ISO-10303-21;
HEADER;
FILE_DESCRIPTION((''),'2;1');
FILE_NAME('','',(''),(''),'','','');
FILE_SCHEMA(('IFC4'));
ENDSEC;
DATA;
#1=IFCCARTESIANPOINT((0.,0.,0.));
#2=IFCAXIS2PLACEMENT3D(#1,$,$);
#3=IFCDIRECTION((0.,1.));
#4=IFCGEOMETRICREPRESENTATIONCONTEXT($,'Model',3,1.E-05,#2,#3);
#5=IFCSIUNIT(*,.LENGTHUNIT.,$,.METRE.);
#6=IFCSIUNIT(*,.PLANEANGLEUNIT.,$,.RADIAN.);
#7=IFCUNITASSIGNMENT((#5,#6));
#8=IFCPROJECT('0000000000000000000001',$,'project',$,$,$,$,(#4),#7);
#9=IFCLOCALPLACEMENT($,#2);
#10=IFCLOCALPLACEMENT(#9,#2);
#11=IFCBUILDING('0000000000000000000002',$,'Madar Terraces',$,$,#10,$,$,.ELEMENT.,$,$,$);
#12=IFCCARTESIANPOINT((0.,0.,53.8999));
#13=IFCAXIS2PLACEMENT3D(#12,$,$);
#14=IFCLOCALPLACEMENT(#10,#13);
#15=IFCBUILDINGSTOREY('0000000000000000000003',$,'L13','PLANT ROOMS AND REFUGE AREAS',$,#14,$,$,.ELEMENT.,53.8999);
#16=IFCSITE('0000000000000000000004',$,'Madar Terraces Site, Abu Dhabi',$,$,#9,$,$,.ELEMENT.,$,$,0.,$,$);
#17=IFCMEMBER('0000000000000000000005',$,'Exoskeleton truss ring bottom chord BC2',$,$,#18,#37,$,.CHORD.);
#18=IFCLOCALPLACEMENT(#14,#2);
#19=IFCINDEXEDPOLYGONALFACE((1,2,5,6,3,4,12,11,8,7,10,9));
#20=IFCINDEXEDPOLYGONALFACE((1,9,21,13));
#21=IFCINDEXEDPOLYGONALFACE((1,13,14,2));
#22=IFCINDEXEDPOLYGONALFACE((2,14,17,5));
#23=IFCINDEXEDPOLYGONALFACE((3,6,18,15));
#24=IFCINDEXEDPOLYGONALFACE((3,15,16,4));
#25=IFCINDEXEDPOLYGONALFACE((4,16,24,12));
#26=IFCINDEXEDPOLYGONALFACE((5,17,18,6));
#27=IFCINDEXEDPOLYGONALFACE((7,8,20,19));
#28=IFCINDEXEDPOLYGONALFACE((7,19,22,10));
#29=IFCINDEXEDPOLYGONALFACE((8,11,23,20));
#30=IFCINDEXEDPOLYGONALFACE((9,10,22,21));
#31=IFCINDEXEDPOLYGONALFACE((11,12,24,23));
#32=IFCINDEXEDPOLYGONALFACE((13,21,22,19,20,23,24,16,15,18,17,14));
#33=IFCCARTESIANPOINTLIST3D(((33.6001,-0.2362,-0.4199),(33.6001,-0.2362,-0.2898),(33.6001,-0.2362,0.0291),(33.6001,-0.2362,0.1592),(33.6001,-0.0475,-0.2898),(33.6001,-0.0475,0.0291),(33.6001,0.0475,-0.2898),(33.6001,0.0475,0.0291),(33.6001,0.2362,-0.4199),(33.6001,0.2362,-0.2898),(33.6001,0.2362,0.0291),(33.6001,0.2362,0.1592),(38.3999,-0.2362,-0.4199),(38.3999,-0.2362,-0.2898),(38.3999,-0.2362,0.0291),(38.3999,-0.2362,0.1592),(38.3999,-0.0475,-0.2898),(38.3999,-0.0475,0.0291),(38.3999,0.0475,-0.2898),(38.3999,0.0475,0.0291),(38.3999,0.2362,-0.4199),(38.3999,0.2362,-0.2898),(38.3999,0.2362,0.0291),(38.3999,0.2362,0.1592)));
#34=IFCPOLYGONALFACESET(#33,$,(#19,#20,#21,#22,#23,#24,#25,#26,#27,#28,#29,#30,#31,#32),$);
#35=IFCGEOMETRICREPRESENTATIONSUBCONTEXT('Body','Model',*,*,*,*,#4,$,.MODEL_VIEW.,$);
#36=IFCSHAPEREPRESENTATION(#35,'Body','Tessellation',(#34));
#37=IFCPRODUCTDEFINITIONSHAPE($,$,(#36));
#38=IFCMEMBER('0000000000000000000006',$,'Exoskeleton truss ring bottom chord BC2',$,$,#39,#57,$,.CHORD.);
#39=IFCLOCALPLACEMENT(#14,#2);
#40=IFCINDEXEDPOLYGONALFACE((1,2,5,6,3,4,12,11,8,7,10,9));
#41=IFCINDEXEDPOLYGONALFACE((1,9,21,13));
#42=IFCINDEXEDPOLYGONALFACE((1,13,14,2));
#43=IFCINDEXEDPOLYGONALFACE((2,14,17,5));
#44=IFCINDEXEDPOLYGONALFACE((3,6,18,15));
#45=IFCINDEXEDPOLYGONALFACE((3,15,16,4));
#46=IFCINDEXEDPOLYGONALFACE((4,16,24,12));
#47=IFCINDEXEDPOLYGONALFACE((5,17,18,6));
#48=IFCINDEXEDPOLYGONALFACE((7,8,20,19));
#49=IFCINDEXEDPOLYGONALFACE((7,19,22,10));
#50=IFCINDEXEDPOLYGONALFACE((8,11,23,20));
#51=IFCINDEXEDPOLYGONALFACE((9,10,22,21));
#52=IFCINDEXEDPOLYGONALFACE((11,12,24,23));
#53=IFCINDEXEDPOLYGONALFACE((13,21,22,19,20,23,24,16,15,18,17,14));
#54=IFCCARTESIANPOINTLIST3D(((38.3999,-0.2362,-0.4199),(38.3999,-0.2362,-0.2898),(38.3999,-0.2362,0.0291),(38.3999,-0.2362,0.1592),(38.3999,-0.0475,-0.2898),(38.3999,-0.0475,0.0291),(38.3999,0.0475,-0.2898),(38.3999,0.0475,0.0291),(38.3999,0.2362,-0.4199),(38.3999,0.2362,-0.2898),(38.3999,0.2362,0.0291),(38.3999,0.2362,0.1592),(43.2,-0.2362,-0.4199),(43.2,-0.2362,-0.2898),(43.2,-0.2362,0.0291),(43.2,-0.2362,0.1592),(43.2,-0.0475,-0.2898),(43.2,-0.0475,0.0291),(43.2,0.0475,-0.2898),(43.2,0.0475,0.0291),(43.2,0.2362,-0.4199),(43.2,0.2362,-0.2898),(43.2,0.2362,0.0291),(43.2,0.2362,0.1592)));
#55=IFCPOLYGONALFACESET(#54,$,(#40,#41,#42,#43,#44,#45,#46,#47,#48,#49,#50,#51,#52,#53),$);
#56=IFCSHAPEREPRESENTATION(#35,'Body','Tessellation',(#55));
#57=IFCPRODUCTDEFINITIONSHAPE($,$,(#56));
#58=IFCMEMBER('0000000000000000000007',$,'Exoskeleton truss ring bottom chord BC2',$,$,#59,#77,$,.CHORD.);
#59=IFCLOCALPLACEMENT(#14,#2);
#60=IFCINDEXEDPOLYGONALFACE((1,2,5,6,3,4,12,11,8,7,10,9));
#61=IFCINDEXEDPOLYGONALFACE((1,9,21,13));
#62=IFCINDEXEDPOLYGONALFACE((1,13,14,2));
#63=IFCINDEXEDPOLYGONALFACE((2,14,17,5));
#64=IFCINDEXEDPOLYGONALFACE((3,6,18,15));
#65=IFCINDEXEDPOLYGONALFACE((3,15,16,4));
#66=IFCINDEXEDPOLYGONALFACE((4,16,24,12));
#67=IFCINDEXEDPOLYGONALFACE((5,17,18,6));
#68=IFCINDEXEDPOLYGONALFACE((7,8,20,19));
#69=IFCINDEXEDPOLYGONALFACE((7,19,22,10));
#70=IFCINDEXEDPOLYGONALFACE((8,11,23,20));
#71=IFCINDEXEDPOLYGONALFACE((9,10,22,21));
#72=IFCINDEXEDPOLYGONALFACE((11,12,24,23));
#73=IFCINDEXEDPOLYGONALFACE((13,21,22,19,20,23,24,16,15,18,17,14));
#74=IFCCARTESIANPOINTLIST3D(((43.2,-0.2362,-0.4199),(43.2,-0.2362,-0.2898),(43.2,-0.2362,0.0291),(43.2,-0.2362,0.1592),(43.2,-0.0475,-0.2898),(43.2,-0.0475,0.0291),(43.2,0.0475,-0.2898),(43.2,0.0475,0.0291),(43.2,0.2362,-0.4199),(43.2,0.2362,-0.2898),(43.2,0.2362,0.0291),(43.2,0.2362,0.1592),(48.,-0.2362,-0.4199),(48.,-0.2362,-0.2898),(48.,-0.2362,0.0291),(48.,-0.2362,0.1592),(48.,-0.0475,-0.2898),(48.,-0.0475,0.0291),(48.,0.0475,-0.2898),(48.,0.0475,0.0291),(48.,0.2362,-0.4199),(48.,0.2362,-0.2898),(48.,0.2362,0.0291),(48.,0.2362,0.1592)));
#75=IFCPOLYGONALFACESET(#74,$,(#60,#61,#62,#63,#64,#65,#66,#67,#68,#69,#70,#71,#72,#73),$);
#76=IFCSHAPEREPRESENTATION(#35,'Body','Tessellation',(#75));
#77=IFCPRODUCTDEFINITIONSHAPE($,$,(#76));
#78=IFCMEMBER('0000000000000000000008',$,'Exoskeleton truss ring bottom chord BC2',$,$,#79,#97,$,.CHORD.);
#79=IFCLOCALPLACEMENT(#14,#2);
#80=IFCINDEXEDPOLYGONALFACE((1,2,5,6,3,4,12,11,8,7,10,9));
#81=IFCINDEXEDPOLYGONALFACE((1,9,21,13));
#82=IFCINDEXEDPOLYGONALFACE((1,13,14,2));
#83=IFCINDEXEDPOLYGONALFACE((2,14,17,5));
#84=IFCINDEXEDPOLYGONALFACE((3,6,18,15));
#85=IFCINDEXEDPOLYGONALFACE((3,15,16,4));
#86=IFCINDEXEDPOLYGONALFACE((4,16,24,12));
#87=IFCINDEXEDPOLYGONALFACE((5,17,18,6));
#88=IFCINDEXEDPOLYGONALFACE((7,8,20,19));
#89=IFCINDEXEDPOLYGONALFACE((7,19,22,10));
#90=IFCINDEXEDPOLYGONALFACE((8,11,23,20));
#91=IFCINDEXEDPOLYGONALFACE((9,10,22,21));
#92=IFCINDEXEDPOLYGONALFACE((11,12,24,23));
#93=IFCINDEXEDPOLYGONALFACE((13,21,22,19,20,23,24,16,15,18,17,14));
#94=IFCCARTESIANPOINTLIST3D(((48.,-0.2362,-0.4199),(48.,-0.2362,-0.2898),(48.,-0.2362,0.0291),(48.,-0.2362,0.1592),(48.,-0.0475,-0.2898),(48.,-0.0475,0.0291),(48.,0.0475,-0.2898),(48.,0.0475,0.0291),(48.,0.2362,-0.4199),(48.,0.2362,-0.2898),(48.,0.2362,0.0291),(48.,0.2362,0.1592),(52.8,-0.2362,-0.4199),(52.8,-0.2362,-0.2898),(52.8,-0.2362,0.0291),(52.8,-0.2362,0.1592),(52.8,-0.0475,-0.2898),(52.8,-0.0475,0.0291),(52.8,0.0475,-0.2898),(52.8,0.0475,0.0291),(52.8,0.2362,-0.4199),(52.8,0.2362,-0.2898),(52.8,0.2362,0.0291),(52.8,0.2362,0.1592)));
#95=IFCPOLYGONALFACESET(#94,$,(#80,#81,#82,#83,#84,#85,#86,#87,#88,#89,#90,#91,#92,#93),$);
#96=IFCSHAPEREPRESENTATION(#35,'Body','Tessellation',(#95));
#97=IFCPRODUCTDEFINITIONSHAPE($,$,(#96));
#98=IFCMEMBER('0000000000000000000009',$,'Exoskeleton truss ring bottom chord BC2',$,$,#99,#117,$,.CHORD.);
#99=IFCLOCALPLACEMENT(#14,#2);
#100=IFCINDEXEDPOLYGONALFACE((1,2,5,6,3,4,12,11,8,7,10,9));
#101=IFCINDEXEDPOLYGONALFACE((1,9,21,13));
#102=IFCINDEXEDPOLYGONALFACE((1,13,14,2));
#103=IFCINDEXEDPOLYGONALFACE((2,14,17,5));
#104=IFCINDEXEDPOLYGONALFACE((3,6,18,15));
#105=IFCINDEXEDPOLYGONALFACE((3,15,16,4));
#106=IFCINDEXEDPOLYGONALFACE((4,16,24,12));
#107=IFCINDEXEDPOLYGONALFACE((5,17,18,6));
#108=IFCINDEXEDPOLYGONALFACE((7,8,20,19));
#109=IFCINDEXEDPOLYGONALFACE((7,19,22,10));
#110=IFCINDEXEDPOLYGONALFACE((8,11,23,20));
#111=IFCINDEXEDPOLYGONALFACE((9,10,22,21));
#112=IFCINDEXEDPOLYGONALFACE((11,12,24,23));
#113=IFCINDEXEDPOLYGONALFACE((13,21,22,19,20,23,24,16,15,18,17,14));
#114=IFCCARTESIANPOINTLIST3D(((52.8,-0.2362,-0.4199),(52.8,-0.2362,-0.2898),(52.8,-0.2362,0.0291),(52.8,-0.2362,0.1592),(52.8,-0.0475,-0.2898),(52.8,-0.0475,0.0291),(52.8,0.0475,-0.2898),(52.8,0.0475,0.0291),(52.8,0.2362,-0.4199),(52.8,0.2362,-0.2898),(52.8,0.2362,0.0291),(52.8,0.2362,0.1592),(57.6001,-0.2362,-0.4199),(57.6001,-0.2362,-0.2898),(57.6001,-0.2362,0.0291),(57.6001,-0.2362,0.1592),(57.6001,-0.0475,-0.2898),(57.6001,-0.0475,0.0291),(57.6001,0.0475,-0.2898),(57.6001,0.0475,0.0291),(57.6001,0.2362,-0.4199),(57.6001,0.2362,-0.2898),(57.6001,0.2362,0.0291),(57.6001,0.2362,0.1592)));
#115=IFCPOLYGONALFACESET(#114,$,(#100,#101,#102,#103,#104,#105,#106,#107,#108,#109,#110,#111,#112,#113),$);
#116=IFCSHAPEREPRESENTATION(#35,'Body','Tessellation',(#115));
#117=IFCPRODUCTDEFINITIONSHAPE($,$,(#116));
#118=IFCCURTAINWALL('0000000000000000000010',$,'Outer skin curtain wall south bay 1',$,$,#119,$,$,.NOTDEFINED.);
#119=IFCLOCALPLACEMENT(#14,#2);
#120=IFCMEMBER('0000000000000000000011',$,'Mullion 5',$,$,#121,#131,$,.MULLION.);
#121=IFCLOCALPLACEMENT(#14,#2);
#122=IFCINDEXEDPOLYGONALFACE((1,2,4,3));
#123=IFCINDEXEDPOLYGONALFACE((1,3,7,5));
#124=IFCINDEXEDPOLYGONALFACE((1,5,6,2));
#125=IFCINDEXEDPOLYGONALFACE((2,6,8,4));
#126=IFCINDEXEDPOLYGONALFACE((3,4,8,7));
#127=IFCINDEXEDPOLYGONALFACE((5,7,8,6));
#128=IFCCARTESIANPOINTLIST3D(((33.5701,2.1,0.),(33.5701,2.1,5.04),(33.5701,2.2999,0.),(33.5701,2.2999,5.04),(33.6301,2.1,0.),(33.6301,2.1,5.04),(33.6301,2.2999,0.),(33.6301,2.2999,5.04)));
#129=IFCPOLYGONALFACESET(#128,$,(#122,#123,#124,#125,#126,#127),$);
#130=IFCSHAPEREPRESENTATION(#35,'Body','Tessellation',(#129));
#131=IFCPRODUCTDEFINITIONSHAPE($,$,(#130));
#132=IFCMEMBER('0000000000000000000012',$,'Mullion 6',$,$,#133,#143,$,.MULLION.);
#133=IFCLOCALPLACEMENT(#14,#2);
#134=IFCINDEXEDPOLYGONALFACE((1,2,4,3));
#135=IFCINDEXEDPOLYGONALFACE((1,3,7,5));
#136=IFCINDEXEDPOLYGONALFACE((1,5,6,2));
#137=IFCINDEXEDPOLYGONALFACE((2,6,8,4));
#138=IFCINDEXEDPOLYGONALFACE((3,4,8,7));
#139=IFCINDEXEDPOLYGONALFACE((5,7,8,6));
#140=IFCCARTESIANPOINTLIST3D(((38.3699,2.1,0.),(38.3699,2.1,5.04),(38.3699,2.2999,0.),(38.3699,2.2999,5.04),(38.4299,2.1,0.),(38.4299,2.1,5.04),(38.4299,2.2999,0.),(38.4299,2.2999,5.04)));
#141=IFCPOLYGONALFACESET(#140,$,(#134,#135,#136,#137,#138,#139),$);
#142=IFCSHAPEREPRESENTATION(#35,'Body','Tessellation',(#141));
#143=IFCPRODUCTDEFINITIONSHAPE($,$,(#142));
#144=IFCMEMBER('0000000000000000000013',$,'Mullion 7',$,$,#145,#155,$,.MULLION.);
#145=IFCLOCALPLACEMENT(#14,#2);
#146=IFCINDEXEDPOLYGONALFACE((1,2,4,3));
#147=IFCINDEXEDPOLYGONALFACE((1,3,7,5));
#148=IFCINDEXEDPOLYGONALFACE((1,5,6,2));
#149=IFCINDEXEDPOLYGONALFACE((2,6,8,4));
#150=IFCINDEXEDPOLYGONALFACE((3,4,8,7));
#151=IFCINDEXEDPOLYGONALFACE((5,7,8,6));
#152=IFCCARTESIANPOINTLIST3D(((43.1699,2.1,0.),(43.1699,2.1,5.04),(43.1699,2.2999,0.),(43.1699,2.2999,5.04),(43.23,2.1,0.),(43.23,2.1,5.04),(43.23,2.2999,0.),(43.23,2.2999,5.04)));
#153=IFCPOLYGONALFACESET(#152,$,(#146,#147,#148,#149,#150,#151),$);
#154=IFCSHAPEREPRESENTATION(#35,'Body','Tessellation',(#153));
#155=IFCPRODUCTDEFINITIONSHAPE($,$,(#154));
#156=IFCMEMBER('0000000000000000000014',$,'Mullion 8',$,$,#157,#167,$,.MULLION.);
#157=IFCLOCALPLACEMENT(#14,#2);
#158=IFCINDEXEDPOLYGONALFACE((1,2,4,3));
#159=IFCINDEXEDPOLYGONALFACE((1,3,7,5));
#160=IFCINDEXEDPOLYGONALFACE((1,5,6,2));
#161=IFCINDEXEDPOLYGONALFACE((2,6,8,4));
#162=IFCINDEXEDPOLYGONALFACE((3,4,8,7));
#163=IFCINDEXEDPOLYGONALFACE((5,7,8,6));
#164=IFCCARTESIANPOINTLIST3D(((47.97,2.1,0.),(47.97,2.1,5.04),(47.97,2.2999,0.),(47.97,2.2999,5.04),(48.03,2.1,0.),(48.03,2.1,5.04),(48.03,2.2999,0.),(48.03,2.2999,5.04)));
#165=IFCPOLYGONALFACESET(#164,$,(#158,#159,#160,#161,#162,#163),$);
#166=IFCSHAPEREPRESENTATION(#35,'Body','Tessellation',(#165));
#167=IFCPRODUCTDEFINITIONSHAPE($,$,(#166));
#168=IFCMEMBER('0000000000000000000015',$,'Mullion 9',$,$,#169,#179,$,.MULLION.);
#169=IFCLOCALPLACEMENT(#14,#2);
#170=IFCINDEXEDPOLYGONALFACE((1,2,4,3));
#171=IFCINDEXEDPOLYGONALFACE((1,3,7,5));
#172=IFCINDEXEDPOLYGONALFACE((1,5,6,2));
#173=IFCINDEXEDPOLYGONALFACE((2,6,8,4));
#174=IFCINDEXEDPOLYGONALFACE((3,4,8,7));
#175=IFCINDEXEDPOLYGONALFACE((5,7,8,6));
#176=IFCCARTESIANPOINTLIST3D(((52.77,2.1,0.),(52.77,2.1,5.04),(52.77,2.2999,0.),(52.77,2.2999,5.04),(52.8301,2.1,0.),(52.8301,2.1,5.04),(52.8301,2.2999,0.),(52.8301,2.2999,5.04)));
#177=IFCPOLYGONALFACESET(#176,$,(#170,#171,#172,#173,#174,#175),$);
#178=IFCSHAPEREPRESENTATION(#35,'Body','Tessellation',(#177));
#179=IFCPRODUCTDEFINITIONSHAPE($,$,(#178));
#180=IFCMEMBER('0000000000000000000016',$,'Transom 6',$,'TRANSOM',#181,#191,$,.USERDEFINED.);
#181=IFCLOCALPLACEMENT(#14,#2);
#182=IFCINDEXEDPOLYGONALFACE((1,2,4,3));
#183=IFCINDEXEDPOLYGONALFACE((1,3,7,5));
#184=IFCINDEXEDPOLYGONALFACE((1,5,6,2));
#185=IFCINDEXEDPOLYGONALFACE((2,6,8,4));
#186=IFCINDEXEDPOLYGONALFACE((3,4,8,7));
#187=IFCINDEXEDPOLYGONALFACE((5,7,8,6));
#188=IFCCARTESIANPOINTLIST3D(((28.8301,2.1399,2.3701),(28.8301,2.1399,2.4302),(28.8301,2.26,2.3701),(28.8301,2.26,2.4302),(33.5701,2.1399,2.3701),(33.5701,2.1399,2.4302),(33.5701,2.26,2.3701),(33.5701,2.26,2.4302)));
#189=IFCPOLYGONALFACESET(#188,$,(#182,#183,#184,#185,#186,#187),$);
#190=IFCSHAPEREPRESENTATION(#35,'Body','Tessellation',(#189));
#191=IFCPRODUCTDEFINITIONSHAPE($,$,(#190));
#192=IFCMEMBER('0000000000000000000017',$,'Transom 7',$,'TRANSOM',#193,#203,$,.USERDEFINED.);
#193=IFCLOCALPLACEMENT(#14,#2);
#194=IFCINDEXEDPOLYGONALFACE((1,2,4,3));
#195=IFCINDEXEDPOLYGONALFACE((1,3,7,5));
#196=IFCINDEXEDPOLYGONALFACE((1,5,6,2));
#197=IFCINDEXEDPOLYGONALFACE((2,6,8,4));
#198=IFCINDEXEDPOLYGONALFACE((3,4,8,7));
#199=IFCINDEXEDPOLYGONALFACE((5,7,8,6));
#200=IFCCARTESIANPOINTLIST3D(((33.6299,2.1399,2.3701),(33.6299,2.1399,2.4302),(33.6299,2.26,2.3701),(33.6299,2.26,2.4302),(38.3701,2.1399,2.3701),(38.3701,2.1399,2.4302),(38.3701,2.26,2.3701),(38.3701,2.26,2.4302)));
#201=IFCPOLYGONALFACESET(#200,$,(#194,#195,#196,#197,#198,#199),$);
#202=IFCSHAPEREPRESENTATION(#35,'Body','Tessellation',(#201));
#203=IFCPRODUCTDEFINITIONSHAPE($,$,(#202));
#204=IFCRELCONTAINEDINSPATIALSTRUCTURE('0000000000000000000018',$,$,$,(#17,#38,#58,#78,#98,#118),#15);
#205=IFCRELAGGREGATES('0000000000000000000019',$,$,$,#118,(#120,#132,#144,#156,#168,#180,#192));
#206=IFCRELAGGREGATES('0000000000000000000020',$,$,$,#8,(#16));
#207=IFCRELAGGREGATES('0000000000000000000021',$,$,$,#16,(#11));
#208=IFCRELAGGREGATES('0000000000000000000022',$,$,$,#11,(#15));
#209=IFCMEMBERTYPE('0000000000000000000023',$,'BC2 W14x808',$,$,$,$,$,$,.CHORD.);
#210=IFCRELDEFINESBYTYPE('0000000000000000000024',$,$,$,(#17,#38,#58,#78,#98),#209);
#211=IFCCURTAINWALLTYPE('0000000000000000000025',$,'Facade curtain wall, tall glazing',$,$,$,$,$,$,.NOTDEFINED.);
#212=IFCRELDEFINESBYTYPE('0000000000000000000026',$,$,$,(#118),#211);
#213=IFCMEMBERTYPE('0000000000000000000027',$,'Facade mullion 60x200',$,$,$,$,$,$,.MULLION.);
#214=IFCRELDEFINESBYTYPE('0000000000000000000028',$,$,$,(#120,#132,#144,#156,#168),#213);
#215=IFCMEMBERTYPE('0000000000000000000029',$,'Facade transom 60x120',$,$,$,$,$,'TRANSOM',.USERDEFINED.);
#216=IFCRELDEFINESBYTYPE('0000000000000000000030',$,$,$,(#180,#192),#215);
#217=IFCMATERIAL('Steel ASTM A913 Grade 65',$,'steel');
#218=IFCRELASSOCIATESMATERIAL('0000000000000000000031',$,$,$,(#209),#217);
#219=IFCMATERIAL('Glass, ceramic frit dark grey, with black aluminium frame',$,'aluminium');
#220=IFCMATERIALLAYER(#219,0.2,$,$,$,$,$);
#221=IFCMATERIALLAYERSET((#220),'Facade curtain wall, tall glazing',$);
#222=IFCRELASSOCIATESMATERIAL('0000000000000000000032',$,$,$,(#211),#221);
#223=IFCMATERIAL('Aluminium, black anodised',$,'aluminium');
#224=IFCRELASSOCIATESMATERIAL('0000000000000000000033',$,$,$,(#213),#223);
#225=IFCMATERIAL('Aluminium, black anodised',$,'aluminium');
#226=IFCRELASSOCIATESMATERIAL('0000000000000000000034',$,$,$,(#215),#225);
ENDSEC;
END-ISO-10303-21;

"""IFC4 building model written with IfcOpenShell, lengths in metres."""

from ifc_helpers import new_model, si_unit, direction, frame, origin, origin_2d, place, context, subcontext, project, spatial, rectangle, i_section, extrude, material, layer, layer_set, material_profile, profile_set, type_object, element, aggregate, save


model = new_model("IFC4")

# Units and contexts
model_context = context("Model", 3, precision=1e-05, world=origin(), true_north=direction((0.0, 1.0)))
body_context = subcontext(model_context, "Body", "Model", "MODEL_VIEW")
ifc_project = project(units=[si_unit("LENGTHUNIT", "METRE"), si_unit("PLANEANGLEUNIT", "RADIAN")], contexts=[model_context])

# Site, building, storey
site_placement = place(None, origin())
site = spatial("IfcSite", under=ifc_project, at=site_placement, Name="Madar Terraces Site, Abu Dhabi", CompositionType="ELEMENT", RefElevation=0.0)
building_placement = place(site_placement, origin())
building = spatial("IfcBuilding", under=site, at=building_placement, Name="Madar Terraces", CompositionType="ELEMENT")
storey_placement = place(building_placement, frame((0.0, 0.0, 53.8999)))
storey = spatial("IfcBuildingStorey", under=building, at=storey_placement, Name="L13", Description="PLANT ROOMS AND REFUGE AREAS", CompositionType="ELEMENT", Elevation=53.8999)

# Members
ifc_material_1 = material(Name="Steel ASTM A913 Grade 65", Category="steel")
ifc_material_profile_1 = material_profile(ifc_material_1, i_section(OverallWidth=0.4724, OverallDepth=0.5791, WebThickness=0.095, FlangeThickness=0.1301, at=origin_2d()), Name="W14x808")
ifc_profile_set_1 = profile_set([ifc_material_profile_1], Name="Steel ASTM A913 Grade 65")
member_type_1 = type_object("IfcMemberType", Name="BC2 W14x808", PredefinedType="CHORD", material=ifc_profile_set_1)
member_1_placement = place(storey_placement, frame((33.6001, 0.0, -0.1304), z_axis=(1.0, 0.0, 0.0), x_axis=(0.0, 1.0, 0.0)))
element("IfcMember", 1, at=member_1_placement, inside=storey, type_object=member_type_1, Name="Exoskeleton truss ring bottom chord BC2", PredefinedType="CHORD", context=body_context, shape_type="SweptSolid", body=[
    extrude(i_section(OverallWidth=0.4724, OverallDepth=0.5791, WebThickness=0.095, FlangeThickness=0.1301, at=origin_2d()), origin(), (0.0, 0.0, 1.0), 4.7998),
])
for number, where, z_axis, x_axis, name in (
    (2, (38.3999, 0.0, -0.1304), (1.0, 0.0, 0.0), (0.0, 1.0, 0.0), "Exoskeleton truss ring bottom chord BC2"),
    (3, (43.2, 0.0, -0.1304), (1.0, 0.0, 0.0), (0.0, 1.0, 0.0), "Exoskeleton truss ring bottom chord BC2"),
    (4, (48.0, 0.0, -0.1304), (1.0, 0.0, 0.0), (0.0, 1.0, 0.0), "Exoskeleton truss ring bottom chord BC2"),
    (5, (52.8, 0.0, -0.1304), (1.0, 0.0, 0.0), (0.0, 1.0, 0.0), "Exoskeleton truss ring bottom chord BC2"),
):
    element("IfcMember", number, at=place(storey_placement, frame(where, z_axis=z_axis, x_axis=x_axis)), inside=storey, type_object=member_type_1, Name=name, PredefinedType="CHORD", context=body_context, shape_type="SweptSolid", body=[
        extrude(i_section(OverallWidth=0.4724, OverallDepth=0.5791, WebThickness=0.095, FlangeThickness=0.1301, at=origin_2d()), origin(), (0.0, 0.0, 1.0), 4.8),
    ])

# Curtain wall, members
ifc_material_2 = material(Name="Glass, ceramic frit dark grey, with black aluminium frame", Category="aluminium")
ifc_layer_1 = layer(ifc_material_2, 0.2)
ifc_layer_set_1 = layer_set([ifc_layer_1], Name="Facade curtain wall, tall glazing")
curtain_wall_type = type_object("IfcCurtainWallType", Name="Facade curtain wall, tall glazing", PredefinedType="NOTDEFINED", material=ifc_layer_set_1)
curtain_wall_placement = place(storey_placement, origin())
curtain_wall = element("IfcCurtainWall", 6, at=curtain_wall_placement, inside=storey, type_object=curtain_wall_type, Name="Outer skin curtain wall south bay 1", PredefinedType="NOTDEFINED")
ifc_material_3 = material(Name="Aluminium, black anodised", Category="aluminium")
ifc_material_profile_2 = material_profile(ifc_material_3, rectangle(XDim=0.2, YDim=0.0601, at=origin_2d()), Name="Facade mullion 60x200")
ifc_profile_set_2 = profile_set([ifc_material_profile_2], Name="Aluminium, black anodised")
member_type_2 = type_object("IfcMemberType", Name="Facade mullion 60x200", PredefinedType="MULLION", material=ifc_profile_set_2)
member_2_placement = place(storey_placement, frame((33.6001, 2.2, 0.0), z_axis=(0.0, 0.0, 1.0), x_axis=(0.0, 1.0, 0.0)))
member_2 = element("IfcMember", 7, at=member_2_placement, type_object=member_type_2, Name="Mullion 5", PredefinedType="MULLION", context=body_context, shape_type="SweptSolid", body=[
    extrude(rectangle(XDim=0.2, YDim=0.0601, at=origin_2d()), origin(), (0.0, 0.0, 1.0), 5.04),
])
member_3_placement = place(storey_placement, frame((38.3999, 2.2, 0.0), z_axis=(0.0, 0.0, 1.0), x_axis=(0.0, 1.0, 0.0)))
member_3 = element("IfcMember", 8, at=member_3_placement, type_object=member_type_2, Name="Mullion 6", PredefinedType="MULLION", context=body_context, shape_type="SweptSolid", body=[
    extrude(rectangle(XDim=0.2, YDim=0.0601, at=origin_2d()), origin(), (0.0, 0.0, 1.0), 5.04),
])
member_4_placement = place(storey_placement, frame((43.2, 2.2, 0.0), z_axis=(0.0, 0.0, 1.0), x_axis=(0.0, 1.0, 0.0)))
member_4 = element("IfcMember", 9, at=member_4_placement, type_object=member_type_2, Name="Mullion 7", PredefinedType="MULLION", context=body_context, shape_type="SweptSolid", body=[
    extrude(rectangle(XDim=0.2, YDim=0.0601, at=origin_2d()), origin(), (0.0, 0.0, 1.0), 5.04),
])
member_5_placement = place(storey_placement, frame((48.0, 2.2, 0.0), z_axis=(0.0, 0.0, 1.0), x_axis=(0.0, 1.0, 0.0)))
member_5 = element("IfcMember", 10, at=member_5_placement, type_object=member_type_2, Name="Mullion 8", PredefinedType="MULLION", context=body_context, shape_type="SweptSolid", body=[
    extrude(rectangle(XDim=0.2, YDim=0.0601, at=origin_2d()), origin(), (0.0, 0.0, 1.0), 5.04),
])
member_6_placement = place(storey_placement, frame((52.8, 2.2, 0.0), z_axis=(0.0, 0.0, 1.0), x_axis=(0.0, 1.0, 0.0)))
member_6 = element("IfcMember", 11, at=member_6_placement, type_object=member_type_2, Name="Mullion 9", PredefinedType="MULLION", context=body_context, shape_type="SweptSolid", body=[
    extrude(rectangle(XDim=0.2, YDim=0.0601, at=origin_2d()), origin(), (0.0, 0.0, 1.0), 5.04),
])
ifc_material_4 = material(Name="Aluminium, black anodised", Category="aluminium")
ifc_material_profile_3 = material_profile(ifc_material_4, rectangle(XDim=0.1201, YDim=0.0601, at=origin_2d()), Name="Facade transom 60x120")
ifc_profile_set_3 = profile_set([ifc_material_profile_3], Name="Aluminium, black anodised")
member_type_3 = type_object("IfcMemberType", Name="Facade transom 60x120", ElementType="TRANSOM", PredefinedType="USERDEFINED", material=ifc_profile_set_3)
member_7_placement = place(storey_placement, frame((28.8301, 2.2, 2.4001), z_axis=(1.0, 0.0, 0.0), x_axis=(0.0, 1.0, 0.0)))
member_7 = element("IfcMember", 12, at=member_7_placement, type_object=member_type_3, Name="Transom 6", ObjectType="TRANSOM", PredefinedType="USERDEFINED", context=body_context, shape_type="SweptSolid", body=[
    extrude(rectangle(XDim=0.1201, YDim=0.0601, at=origin_2d()), origin(), (0.0, 0.0, 1.0), 4.74),
])
member_8_placement = place(storey_placement, frame((33.6299, 2.2, 2.4001), z_axis=(1.0, 0.0, 0.0), x_axis=(0.0, 1.0, 0.0)))
member_8 = element("IfcMember", 13, at=member_8_placement, type_object=member_type_3, Name="Transom 7", ObjectType="TRANSOM", PredefinedType="USERDEFINED", context=body_context, shape_type="SweptSolid", body=[
    extrude(rectangle(XDim=0.1201, YDim=0.0601, at=origin_2d()), origin(), (0.0, 0.0, 1.0), 4.7402),
])

aggregate(curtain_wall, [member_2, member_3, member_4, member_5, member_6, member_7, member_8])

save(model, "model.ifc")
